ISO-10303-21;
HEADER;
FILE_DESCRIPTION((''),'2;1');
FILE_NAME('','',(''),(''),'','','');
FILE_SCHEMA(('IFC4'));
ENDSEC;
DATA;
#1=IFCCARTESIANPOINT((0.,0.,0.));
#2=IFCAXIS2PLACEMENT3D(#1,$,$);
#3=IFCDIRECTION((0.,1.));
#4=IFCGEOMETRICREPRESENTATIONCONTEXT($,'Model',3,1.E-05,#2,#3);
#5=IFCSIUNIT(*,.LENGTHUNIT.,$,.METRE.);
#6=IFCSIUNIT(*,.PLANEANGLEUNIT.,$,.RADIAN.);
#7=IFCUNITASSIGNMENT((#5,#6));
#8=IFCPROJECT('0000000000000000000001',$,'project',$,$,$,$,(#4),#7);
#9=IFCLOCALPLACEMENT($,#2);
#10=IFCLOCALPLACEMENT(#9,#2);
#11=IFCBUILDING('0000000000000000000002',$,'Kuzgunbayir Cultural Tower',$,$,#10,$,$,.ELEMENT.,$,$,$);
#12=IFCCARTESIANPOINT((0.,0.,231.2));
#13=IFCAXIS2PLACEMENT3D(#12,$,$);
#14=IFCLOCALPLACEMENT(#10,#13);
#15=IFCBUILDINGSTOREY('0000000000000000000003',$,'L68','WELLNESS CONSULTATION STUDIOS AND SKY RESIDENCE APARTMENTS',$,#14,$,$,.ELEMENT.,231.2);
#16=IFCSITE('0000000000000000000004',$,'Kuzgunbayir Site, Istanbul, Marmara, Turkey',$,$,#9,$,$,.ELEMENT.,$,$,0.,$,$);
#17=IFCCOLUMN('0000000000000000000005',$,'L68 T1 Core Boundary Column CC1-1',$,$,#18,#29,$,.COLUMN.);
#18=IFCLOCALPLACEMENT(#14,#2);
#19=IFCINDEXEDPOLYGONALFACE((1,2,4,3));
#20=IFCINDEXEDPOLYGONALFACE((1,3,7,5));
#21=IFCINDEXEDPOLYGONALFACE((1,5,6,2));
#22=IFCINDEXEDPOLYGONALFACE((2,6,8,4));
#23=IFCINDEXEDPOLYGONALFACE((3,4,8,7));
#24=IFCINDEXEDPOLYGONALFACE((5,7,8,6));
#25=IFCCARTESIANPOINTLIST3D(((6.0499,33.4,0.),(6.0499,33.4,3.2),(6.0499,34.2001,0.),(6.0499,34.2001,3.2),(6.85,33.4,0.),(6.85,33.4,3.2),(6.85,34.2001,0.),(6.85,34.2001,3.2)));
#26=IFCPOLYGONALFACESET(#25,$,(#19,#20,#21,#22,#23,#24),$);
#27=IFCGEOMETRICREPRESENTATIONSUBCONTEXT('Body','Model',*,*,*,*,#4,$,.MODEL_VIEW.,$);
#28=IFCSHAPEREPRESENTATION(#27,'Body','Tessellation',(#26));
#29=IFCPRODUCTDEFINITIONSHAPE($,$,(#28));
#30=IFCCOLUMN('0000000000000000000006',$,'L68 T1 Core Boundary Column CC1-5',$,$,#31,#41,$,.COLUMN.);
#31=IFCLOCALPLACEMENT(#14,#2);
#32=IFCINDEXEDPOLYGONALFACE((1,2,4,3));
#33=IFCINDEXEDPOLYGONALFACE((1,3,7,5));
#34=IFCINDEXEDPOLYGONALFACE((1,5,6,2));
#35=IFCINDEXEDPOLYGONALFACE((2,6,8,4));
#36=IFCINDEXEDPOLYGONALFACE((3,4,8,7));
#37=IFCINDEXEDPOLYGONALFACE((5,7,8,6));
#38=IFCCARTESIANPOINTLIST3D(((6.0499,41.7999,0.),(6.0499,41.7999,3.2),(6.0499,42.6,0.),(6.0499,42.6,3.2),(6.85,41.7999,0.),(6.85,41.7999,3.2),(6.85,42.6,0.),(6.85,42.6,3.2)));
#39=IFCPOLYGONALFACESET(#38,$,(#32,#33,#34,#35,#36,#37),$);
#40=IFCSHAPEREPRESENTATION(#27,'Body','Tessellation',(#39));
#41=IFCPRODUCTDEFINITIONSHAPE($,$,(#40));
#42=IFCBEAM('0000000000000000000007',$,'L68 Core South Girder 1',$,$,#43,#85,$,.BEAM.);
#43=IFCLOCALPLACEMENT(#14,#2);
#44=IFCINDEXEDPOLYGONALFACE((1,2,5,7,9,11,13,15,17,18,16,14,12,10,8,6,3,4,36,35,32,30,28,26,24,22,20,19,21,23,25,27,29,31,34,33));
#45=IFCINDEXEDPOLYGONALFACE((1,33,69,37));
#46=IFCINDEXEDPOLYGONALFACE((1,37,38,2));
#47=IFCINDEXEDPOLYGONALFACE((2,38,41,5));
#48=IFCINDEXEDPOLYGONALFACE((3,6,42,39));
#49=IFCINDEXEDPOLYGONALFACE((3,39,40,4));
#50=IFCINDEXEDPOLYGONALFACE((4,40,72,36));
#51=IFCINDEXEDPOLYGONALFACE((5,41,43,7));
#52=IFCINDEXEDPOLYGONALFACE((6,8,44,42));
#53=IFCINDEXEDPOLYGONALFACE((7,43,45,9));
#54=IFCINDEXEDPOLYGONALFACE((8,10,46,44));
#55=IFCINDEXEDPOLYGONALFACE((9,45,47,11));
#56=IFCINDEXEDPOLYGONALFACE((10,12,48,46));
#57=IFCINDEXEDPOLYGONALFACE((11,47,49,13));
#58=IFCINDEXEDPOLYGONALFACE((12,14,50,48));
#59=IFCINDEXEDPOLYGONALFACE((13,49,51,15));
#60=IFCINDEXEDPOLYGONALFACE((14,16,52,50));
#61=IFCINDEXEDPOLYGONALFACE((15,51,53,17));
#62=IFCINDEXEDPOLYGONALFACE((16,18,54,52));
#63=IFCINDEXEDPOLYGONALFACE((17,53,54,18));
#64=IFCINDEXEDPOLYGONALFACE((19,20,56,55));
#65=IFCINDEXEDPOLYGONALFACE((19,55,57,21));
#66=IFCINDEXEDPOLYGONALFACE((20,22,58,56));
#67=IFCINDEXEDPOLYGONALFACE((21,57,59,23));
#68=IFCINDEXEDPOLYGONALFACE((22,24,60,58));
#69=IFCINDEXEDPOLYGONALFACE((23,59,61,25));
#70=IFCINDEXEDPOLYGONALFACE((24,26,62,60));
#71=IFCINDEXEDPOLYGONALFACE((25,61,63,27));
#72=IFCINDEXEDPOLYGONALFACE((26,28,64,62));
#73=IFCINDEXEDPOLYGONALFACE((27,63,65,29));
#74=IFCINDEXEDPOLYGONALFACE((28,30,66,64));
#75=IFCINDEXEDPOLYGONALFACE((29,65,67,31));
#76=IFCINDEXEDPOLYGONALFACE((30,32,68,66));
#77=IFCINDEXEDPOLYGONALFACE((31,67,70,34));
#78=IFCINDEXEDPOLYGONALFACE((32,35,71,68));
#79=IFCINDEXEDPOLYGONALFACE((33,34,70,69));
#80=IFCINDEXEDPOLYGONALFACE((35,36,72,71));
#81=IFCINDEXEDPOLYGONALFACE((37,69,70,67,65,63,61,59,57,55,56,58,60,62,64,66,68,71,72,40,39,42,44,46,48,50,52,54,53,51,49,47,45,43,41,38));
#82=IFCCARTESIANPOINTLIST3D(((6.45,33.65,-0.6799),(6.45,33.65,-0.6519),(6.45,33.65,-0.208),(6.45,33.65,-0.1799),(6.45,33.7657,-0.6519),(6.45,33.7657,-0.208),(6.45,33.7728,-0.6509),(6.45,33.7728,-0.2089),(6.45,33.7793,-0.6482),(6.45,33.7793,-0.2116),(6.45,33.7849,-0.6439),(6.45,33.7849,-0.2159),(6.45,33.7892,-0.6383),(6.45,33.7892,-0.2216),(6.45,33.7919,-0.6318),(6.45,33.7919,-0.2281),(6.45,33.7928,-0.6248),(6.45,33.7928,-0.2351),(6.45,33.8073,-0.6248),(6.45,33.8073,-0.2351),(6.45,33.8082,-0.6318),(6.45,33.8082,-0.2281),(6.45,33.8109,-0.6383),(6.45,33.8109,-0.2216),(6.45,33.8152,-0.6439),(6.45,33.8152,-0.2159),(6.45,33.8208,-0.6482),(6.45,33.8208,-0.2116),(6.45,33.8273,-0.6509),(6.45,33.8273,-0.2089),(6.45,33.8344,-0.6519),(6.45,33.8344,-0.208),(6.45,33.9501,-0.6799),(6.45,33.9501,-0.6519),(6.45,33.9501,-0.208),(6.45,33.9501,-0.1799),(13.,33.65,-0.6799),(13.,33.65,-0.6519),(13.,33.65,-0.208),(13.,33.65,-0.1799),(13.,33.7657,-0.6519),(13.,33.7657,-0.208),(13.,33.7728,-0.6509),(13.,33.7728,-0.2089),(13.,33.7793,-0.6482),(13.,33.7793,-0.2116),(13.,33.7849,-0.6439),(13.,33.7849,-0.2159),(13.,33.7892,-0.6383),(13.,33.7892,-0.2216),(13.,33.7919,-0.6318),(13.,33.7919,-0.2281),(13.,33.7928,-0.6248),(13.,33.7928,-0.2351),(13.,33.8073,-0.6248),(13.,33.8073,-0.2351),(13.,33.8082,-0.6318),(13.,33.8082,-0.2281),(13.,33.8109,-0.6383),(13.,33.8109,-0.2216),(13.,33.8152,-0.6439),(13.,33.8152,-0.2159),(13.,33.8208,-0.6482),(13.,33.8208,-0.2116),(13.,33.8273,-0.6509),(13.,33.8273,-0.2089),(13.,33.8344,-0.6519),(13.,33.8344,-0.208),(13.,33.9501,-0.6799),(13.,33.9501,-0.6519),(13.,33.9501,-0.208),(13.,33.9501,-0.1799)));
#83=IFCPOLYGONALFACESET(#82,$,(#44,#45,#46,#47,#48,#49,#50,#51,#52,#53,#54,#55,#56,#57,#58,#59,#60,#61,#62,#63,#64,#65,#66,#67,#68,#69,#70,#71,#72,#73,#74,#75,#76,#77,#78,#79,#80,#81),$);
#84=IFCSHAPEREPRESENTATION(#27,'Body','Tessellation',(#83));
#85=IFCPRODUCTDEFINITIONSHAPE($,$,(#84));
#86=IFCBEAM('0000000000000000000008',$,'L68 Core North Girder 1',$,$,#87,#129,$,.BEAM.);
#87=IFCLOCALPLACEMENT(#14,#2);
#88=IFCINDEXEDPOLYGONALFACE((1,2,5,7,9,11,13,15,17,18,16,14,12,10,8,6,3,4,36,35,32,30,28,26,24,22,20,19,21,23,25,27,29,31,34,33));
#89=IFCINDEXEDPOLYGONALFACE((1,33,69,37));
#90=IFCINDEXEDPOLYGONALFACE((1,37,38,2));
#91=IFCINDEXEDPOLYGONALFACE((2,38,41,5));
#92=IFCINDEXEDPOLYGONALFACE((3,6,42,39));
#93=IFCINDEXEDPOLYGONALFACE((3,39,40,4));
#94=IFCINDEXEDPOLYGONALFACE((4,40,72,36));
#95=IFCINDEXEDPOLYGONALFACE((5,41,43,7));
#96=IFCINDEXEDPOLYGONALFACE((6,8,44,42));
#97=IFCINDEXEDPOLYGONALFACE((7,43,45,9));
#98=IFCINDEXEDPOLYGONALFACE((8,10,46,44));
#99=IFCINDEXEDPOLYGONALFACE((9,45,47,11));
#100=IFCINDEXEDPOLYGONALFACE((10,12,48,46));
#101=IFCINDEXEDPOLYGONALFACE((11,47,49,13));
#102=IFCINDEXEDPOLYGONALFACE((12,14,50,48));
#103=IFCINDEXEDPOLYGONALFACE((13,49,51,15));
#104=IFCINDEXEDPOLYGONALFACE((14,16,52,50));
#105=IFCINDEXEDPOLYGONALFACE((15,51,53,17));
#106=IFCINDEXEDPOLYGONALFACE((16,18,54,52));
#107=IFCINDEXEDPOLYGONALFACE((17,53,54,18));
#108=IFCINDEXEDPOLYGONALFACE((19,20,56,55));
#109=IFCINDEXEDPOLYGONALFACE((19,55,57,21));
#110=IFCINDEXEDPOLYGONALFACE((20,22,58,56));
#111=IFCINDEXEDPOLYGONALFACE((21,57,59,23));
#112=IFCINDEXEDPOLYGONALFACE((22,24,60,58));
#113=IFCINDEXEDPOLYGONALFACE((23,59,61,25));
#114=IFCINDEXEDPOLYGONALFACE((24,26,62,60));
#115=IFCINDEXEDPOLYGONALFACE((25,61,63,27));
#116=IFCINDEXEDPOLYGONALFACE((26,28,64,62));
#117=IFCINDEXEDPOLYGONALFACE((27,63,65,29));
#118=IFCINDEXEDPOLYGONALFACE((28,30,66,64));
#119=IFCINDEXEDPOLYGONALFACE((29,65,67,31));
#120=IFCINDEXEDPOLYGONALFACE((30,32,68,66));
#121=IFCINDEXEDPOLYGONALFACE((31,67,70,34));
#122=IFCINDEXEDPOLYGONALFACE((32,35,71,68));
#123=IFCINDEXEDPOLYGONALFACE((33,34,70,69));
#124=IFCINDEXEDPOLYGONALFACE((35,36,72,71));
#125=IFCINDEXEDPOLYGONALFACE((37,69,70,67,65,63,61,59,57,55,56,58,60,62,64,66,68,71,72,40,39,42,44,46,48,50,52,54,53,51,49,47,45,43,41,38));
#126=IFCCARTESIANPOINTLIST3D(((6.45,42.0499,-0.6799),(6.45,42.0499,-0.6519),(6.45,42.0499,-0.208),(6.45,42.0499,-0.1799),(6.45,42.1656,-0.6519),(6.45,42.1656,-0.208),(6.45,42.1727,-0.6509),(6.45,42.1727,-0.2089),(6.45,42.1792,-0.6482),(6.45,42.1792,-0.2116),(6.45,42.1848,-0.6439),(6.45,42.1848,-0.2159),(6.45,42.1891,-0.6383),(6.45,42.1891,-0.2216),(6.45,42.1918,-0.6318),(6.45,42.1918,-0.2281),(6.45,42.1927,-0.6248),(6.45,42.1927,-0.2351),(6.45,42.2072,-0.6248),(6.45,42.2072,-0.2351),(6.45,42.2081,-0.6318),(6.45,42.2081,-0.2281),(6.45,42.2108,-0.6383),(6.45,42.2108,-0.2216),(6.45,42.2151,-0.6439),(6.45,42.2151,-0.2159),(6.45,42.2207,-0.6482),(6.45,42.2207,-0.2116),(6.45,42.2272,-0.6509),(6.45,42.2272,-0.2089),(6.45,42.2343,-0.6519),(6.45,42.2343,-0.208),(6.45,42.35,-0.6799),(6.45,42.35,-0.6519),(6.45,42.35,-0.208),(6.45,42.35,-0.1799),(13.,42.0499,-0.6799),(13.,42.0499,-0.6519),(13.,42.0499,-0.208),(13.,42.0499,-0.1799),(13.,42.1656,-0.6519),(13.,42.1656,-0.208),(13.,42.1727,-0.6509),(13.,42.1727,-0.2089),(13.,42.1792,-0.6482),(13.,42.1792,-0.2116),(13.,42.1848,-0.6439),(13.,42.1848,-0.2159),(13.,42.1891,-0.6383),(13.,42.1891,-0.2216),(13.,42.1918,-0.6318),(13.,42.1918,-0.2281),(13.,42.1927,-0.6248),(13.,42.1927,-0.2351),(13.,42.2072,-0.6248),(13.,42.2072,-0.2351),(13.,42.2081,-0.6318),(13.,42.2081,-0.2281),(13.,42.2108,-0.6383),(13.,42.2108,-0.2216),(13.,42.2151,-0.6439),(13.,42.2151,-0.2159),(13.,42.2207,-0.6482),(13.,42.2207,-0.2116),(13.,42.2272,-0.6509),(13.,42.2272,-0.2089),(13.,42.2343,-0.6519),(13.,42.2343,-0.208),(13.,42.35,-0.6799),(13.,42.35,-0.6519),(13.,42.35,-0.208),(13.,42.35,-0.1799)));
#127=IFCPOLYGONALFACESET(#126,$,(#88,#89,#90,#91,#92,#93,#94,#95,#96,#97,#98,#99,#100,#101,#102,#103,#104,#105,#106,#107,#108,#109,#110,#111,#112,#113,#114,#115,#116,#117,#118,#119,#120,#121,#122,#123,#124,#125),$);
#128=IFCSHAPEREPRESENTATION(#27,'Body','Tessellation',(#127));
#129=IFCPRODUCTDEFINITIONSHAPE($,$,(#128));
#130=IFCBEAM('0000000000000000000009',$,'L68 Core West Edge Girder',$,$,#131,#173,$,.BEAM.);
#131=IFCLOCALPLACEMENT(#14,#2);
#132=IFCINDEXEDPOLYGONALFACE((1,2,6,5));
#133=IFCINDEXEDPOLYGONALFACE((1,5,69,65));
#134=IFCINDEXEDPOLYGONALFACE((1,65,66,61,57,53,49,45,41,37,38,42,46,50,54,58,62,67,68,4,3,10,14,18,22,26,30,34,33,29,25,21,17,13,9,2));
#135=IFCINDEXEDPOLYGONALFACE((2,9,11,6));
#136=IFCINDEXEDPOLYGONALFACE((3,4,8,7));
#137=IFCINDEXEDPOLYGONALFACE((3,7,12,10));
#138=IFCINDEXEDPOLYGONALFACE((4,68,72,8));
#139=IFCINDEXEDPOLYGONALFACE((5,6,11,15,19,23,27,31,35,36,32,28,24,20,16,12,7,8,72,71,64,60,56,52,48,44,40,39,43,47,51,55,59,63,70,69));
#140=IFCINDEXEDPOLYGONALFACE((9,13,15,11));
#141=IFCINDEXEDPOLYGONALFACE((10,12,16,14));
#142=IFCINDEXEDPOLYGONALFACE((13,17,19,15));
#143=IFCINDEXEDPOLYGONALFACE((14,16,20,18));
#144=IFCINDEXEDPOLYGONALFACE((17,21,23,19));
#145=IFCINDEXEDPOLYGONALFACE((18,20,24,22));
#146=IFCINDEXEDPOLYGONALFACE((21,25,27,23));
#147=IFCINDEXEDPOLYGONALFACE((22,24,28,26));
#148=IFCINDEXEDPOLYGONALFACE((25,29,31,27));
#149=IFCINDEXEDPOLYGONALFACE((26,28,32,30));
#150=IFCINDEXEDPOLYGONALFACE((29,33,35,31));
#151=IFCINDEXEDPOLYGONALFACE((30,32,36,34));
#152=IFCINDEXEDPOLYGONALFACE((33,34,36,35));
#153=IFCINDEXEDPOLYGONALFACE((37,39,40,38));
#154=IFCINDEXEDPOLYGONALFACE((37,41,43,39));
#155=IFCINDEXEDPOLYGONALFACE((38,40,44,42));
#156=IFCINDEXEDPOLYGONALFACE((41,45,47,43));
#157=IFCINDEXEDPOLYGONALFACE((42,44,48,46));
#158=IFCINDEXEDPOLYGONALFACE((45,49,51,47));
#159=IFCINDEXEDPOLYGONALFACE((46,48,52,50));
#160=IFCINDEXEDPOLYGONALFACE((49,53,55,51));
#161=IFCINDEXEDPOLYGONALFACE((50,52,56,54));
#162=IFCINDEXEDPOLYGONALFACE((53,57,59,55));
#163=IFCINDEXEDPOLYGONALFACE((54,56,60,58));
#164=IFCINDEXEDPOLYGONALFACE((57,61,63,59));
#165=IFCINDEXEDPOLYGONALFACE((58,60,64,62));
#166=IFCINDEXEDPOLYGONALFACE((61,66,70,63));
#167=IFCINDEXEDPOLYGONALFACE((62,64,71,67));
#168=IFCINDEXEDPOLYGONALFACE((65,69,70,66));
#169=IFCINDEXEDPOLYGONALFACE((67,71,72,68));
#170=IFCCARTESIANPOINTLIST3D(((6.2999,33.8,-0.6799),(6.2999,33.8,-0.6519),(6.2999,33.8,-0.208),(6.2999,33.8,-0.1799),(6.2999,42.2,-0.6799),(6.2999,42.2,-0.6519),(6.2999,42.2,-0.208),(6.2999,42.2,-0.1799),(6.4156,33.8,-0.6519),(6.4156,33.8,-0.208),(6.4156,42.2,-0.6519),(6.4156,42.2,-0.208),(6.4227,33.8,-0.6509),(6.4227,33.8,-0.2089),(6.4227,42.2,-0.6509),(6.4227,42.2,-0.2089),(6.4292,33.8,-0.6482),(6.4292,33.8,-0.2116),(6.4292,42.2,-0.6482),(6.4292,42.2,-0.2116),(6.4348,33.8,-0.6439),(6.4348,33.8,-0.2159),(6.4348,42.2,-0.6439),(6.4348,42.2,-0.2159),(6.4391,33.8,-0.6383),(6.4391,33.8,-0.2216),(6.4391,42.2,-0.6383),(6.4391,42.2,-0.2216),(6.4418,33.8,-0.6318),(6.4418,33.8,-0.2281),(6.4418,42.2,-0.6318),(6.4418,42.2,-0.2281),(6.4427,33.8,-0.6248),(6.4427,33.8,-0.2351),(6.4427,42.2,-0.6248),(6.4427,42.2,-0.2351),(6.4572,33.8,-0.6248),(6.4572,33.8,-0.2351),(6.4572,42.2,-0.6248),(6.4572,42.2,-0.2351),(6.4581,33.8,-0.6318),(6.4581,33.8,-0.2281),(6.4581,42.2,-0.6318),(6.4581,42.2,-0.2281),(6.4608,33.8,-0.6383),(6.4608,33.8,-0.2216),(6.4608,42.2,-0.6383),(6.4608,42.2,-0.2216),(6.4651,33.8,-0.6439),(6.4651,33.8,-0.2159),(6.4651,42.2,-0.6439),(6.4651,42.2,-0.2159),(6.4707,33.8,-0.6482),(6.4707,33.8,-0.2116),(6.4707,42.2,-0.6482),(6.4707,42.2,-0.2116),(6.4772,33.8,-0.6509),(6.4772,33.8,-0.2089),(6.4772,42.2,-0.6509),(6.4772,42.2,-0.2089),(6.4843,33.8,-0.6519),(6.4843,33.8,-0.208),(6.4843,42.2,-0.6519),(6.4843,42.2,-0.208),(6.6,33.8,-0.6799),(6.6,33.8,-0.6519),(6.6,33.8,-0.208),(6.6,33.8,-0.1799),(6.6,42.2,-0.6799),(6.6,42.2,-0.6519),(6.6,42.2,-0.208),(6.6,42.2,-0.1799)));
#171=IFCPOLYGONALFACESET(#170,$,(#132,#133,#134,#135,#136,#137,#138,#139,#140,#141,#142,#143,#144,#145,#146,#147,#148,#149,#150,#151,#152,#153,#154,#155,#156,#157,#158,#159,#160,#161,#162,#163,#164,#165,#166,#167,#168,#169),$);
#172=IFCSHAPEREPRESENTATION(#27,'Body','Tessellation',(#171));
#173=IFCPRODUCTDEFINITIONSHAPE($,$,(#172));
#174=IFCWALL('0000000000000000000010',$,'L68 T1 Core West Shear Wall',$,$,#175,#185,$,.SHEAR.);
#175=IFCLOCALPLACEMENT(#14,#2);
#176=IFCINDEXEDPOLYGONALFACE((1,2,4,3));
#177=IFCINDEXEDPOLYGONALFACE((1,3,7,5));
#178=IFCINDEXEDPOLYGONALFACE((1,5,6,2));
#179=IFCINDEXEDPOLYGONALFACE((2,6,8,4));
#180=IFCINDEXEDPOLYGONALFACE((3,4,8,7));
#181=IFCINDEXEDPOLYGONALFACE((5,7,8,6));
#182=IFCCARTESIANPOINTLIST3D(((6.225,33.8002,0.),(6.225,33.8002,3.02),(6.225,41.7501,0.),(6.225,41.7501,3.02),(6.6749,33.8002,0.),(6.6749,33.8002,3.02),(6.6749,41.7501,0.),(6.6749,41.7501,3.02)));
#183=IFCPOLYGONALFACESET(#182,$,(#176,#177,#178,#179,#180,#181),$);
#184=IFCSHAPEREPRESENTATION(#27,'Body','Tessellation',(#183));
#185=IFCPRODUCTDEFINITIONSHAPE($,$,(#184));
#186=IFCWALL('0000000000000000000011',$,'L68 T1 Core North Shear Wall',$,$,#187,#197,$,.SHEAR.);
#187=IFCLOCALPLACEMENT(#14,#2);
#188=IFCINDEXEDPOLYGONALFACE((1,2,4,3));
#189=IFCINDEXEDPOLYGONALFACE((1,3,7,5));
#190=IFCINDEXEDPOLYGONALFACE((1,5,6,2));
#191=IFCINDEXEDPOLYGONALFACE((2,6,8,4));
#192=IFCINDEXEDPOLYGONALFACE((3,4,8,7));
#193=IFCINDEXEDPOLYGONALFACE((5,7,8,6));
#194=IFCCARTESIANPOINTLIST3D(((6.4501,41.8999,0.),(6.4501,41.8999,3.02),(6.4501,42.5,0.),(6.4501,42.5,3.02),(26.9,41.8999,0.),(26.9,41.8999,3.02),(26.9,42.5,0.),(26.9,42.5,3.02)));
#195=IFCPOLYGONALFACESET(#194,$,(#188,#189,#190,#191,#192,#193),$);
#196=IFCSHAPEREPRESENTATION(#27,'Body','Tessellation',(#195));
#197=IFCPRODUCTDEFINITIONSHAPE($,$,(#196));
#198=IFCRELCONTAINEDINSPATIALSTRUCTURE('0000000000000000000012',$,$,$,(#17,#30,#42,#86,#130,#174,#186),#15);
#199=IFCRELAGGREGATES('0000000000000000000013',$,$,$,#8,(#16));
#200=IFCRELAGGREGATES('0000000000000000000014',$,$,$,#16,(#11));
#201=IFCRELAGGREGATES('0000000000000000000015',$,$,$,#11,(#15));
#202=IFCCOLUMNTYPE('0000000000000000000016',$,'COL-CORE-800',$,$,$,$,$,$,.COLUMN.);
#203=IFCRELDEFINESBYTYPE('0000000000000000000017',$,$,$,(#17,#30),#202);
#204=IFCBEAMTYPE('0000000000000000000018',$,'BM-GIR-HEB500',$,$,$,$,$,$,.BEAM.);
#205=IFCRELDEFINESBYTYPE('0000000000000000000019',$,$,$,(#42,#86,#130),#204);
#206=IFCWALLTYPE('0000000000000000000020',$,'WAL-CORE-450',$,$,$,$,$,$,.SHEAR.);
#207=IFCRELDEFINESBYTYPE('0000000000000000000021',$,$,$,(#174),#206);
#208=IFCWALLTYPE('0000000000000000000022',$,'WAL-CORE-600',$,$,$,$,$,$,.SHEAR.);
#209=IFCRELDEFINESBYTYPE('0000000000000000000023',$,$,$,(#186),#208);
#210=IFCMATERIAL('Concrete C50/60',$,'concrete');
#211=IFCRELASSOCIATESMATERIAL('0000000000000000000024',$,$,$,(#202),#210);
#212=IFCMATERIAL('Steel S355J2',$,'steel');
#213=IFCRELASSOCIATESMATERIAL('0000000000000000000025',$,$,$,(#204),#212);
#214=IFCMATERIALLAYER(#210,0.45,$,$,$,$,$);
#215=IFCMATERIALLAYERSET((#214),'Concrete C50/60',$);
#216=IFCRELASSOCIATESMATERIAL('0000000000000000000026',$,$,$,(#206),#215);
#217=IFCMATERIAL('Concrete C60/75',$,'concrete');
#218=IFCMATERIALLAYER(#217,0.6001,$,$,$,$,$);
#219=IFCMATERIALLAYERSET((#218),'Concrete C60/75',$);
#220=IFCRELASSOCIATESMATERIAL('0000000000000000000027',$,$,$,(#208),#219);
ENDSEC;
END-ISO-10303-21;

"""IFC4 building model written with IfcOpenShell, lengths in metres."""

from ifc_helpers import new_model, si_unit, direction, frame, frame_2d, origin, origin_2d, place, context, subcontext, project, spatial, rectangle, i_section, extrude, material, layer, layer_set, material_profile, profile_set, type_object, element, save


model = new_model("IFC4")

# Units and contexts
model_context = context("Model", 3, precision=1e-05, world=origin(), true_north=direction((0.0, 1.0)))
body_context = subcontext(model_context, "Body", "Model", "MODEL_VIEW")
ifc_project = project(units=[si_unit("LENGTHUNIT", "METRE"), si_unit("PLANEANGLEUNIT", "RADIAN")], contexts=[model_context])

# Site, building, storey
site_placement = place(None, origin())
site = spatial("IfcSite", under=ifc_project, at=site_placement, Name="Kuzgunbayir Site, Istanbul, Marmara, Turkey", CompositionType="ELEMENT", RefElevation=0.0)
building_placement = place(site_placement, origin())
building = spatial("IfcBuilding", under=site, at=building_placement, Name="Kuzgunbayir Cultural Tower", CompositionType="ELEMENT")
storey_placement = place(building_placement, frame((0.0, 0.0, 231.2)))
storey = spatial("IfcBuildingStorey", under=building, at=storey_placement, Name="L68", Description="WELLNESS CONSULTATION STUDIOS AND SKY RESIDENCE APARTMENTS", CompositionType="ELEMENT", Elevation=231.2)

# Columns
ifc_material_1 = material(Name="Concrete C50/60", Category="concrete")
ifc_material_profile_1 = material_profile(ifc_material_1, rectangle(XDim=0.8, YDim=0.8, at=origin_2d()), Name="RC 800x800")
ifc_profile_set_1 = profile_set([ifc_material_profile_1], Name="Concrete C50/60")
column_type = type_object("IfcColumnType", Name="COL-CORE-800", PredefinedType="COLUMN", material=ifc_profile_set_1)
for number, where, z_axis, x_axis, name in (
    (1, (6.45, 33.8, 0.0), (0.0, 0.0, 1.0), (1.0, 0.0, 0.0), "L68 T1 Core Boundary Column CC1-1"),
    (2, (6.45, 42.2, 0.0), (0.0, 0.0, 1.0), (1.0, 0.0, 0.0), "L68 T1 Core Boundary Column CC1-5"),
):
    element("IfcColumn", number, at=place(storey_placement, frame(where, z_axis=z_axis, x_axis=x_axis)), inside=storey, type_object=column_type, Name=name, PredefinedType="COLUMN", context=body_context, shape_type="SweptSolid", body=[
        extrude(rectangle(XDim=0.8, YDim=0.8, at=origin_2d()), origin(), (0.0, 0.0, 1.0), 3.2),
    ])

# Beams
ifc_material_2 = material(Name="Steel S355J2", Category="steel")
ifc_material_profile_2 = material_profile(ifc_material_2, i_section(OverallWidth=0.3, OverallDepth=0.5, WebThickness=0.0144, FlangeThickness=0.0281, FilletRadius=0.0271, at=origin_2d()), Name="HEB 500")
ifc_profile_set_2 = profile_set([ifc_material_profile_2], Name="Steel S355J2")
beam_type = type_object("IfcBeamType", Name="BM-GIR-HEB500", PredefinedType="BEAM", material=ifc_profile_set_2)
for number, where, z_axis, x_axis, name in (
    (3, (6.45, 33.8, -0.4299), (1.0, 0.0, 0.0), (0.0, 1.0, 0.0), "L68 Core South Girder 1"),
    (4, (6.45, 42.2, -0.4299), (1.0, 0.0, 0.0), (0.0, 1.0, 0.0), "L68 Core North Girder 1"),
):
    element("IfcBeam", number, at=place(storey_placement, frame(where, z_axis=z_axis, x_axis=x_axis)), inside=storey, type_object=beam_type, Name=name, PredefinedType="BEAM", context=body_context, shape_type="SweptSolid", body=[
        extrude(i_section(OverallWidth=0.3, OverallDepth=0.5, WebThickness=0.0144, FlangeThickness=0.0281, FilletRadius=0.0271, at=origin_2d()), origin(), (0.0, 0.0, 1.0), 6.55),
    ])
beam_placement = place(storey_placement, frame((6.45, 33.8, -0.4299), z_axis=(0.0, 1.0, 0.0), x_axis=(-1.0, 0.0, 0.0)))
element("IfcBeam", 5, at=beam_placement, inside=storey, type_object=beam_type, Name="L68 Core West Edge Girder", PredefinedType="BEAM", context=body_context, shape_type="SweptSolid", body=[
    extrude(i_section(OverallWidth=0.3, OverallDepth=0.5, WebThickness=0.0144, FlangeThickness=0.0281, FilletRadius=0.0271, at=origin_2d()), origin(), (0.0, 0.0, 1.0), 8.3999),
])

# Walls
ifc_layer_1 = layer(ifc_material_1, 0.45)
ifc_layer_set_1 = layer_set([ifc_layer_1], Name="Concrete C50/60")
wall_type_1 = type_object("IfcWallType", Name="WAL-CORE-450", PredefinedType="SHEAR", material=ifc_layer_set_1)
wall_1_placement = place(storey_placement, frame((6.45, 33.8, 0.0), z_axis=(0.0, 0.0, 1.0), x_axis=(0.0, 1.0, 0.0)))
element("IfcWall", 6, at=wall_1_placement, inside=storey, type_object=wall_type_1, Name="L68 T1 Core West Shear Wall", PredefinedType="SHEAR", context=body_context, shape_type="SweptSolid", body=[
    extrude(rectangle(XDim=7.95, YDim=0.45, at=frame_2d((3.9751, 0.0))), origin(), (0.0, 0.0, 1.0), 3.02),
])
ifc_material_3 = material(Name="Concrete C60/75", Category="concrete")
ifc_layer_2 = layer(ifc_material_3, 0.6001)
ifc_layer_set_2 = layer_set([ifc_layer_2], Name="Concrete C60/75")
wall_type_2 = type_object("IfcWallType", Name="WAL-CORE-600", PredefinedType="SHEAR", material=ifc_layer_set_2)
wall_2_placement = place(storey_placement, frame((6.45, 42.2, 0.0), z_axis=(0.0, 0.0, 1.0), x_axis=(1.0, 0.0, 0.0)))
element("IfcWall", 7, at=wall_2_placement, inside=storey, type_object=wall_type_2, Name="L68 T1 Core North Shear Wall", PredefinedType="SHEAR", context=body_context, shape_type="SweptSolid", body=[
    extrude(rectangle(XDim=20.45, YDim=0.6001, at=frame_2d((10.2251, 0.0))), origin(), (0.0, 0.0, 1.0), 3.02),
])

save(model, "model.ifc")
